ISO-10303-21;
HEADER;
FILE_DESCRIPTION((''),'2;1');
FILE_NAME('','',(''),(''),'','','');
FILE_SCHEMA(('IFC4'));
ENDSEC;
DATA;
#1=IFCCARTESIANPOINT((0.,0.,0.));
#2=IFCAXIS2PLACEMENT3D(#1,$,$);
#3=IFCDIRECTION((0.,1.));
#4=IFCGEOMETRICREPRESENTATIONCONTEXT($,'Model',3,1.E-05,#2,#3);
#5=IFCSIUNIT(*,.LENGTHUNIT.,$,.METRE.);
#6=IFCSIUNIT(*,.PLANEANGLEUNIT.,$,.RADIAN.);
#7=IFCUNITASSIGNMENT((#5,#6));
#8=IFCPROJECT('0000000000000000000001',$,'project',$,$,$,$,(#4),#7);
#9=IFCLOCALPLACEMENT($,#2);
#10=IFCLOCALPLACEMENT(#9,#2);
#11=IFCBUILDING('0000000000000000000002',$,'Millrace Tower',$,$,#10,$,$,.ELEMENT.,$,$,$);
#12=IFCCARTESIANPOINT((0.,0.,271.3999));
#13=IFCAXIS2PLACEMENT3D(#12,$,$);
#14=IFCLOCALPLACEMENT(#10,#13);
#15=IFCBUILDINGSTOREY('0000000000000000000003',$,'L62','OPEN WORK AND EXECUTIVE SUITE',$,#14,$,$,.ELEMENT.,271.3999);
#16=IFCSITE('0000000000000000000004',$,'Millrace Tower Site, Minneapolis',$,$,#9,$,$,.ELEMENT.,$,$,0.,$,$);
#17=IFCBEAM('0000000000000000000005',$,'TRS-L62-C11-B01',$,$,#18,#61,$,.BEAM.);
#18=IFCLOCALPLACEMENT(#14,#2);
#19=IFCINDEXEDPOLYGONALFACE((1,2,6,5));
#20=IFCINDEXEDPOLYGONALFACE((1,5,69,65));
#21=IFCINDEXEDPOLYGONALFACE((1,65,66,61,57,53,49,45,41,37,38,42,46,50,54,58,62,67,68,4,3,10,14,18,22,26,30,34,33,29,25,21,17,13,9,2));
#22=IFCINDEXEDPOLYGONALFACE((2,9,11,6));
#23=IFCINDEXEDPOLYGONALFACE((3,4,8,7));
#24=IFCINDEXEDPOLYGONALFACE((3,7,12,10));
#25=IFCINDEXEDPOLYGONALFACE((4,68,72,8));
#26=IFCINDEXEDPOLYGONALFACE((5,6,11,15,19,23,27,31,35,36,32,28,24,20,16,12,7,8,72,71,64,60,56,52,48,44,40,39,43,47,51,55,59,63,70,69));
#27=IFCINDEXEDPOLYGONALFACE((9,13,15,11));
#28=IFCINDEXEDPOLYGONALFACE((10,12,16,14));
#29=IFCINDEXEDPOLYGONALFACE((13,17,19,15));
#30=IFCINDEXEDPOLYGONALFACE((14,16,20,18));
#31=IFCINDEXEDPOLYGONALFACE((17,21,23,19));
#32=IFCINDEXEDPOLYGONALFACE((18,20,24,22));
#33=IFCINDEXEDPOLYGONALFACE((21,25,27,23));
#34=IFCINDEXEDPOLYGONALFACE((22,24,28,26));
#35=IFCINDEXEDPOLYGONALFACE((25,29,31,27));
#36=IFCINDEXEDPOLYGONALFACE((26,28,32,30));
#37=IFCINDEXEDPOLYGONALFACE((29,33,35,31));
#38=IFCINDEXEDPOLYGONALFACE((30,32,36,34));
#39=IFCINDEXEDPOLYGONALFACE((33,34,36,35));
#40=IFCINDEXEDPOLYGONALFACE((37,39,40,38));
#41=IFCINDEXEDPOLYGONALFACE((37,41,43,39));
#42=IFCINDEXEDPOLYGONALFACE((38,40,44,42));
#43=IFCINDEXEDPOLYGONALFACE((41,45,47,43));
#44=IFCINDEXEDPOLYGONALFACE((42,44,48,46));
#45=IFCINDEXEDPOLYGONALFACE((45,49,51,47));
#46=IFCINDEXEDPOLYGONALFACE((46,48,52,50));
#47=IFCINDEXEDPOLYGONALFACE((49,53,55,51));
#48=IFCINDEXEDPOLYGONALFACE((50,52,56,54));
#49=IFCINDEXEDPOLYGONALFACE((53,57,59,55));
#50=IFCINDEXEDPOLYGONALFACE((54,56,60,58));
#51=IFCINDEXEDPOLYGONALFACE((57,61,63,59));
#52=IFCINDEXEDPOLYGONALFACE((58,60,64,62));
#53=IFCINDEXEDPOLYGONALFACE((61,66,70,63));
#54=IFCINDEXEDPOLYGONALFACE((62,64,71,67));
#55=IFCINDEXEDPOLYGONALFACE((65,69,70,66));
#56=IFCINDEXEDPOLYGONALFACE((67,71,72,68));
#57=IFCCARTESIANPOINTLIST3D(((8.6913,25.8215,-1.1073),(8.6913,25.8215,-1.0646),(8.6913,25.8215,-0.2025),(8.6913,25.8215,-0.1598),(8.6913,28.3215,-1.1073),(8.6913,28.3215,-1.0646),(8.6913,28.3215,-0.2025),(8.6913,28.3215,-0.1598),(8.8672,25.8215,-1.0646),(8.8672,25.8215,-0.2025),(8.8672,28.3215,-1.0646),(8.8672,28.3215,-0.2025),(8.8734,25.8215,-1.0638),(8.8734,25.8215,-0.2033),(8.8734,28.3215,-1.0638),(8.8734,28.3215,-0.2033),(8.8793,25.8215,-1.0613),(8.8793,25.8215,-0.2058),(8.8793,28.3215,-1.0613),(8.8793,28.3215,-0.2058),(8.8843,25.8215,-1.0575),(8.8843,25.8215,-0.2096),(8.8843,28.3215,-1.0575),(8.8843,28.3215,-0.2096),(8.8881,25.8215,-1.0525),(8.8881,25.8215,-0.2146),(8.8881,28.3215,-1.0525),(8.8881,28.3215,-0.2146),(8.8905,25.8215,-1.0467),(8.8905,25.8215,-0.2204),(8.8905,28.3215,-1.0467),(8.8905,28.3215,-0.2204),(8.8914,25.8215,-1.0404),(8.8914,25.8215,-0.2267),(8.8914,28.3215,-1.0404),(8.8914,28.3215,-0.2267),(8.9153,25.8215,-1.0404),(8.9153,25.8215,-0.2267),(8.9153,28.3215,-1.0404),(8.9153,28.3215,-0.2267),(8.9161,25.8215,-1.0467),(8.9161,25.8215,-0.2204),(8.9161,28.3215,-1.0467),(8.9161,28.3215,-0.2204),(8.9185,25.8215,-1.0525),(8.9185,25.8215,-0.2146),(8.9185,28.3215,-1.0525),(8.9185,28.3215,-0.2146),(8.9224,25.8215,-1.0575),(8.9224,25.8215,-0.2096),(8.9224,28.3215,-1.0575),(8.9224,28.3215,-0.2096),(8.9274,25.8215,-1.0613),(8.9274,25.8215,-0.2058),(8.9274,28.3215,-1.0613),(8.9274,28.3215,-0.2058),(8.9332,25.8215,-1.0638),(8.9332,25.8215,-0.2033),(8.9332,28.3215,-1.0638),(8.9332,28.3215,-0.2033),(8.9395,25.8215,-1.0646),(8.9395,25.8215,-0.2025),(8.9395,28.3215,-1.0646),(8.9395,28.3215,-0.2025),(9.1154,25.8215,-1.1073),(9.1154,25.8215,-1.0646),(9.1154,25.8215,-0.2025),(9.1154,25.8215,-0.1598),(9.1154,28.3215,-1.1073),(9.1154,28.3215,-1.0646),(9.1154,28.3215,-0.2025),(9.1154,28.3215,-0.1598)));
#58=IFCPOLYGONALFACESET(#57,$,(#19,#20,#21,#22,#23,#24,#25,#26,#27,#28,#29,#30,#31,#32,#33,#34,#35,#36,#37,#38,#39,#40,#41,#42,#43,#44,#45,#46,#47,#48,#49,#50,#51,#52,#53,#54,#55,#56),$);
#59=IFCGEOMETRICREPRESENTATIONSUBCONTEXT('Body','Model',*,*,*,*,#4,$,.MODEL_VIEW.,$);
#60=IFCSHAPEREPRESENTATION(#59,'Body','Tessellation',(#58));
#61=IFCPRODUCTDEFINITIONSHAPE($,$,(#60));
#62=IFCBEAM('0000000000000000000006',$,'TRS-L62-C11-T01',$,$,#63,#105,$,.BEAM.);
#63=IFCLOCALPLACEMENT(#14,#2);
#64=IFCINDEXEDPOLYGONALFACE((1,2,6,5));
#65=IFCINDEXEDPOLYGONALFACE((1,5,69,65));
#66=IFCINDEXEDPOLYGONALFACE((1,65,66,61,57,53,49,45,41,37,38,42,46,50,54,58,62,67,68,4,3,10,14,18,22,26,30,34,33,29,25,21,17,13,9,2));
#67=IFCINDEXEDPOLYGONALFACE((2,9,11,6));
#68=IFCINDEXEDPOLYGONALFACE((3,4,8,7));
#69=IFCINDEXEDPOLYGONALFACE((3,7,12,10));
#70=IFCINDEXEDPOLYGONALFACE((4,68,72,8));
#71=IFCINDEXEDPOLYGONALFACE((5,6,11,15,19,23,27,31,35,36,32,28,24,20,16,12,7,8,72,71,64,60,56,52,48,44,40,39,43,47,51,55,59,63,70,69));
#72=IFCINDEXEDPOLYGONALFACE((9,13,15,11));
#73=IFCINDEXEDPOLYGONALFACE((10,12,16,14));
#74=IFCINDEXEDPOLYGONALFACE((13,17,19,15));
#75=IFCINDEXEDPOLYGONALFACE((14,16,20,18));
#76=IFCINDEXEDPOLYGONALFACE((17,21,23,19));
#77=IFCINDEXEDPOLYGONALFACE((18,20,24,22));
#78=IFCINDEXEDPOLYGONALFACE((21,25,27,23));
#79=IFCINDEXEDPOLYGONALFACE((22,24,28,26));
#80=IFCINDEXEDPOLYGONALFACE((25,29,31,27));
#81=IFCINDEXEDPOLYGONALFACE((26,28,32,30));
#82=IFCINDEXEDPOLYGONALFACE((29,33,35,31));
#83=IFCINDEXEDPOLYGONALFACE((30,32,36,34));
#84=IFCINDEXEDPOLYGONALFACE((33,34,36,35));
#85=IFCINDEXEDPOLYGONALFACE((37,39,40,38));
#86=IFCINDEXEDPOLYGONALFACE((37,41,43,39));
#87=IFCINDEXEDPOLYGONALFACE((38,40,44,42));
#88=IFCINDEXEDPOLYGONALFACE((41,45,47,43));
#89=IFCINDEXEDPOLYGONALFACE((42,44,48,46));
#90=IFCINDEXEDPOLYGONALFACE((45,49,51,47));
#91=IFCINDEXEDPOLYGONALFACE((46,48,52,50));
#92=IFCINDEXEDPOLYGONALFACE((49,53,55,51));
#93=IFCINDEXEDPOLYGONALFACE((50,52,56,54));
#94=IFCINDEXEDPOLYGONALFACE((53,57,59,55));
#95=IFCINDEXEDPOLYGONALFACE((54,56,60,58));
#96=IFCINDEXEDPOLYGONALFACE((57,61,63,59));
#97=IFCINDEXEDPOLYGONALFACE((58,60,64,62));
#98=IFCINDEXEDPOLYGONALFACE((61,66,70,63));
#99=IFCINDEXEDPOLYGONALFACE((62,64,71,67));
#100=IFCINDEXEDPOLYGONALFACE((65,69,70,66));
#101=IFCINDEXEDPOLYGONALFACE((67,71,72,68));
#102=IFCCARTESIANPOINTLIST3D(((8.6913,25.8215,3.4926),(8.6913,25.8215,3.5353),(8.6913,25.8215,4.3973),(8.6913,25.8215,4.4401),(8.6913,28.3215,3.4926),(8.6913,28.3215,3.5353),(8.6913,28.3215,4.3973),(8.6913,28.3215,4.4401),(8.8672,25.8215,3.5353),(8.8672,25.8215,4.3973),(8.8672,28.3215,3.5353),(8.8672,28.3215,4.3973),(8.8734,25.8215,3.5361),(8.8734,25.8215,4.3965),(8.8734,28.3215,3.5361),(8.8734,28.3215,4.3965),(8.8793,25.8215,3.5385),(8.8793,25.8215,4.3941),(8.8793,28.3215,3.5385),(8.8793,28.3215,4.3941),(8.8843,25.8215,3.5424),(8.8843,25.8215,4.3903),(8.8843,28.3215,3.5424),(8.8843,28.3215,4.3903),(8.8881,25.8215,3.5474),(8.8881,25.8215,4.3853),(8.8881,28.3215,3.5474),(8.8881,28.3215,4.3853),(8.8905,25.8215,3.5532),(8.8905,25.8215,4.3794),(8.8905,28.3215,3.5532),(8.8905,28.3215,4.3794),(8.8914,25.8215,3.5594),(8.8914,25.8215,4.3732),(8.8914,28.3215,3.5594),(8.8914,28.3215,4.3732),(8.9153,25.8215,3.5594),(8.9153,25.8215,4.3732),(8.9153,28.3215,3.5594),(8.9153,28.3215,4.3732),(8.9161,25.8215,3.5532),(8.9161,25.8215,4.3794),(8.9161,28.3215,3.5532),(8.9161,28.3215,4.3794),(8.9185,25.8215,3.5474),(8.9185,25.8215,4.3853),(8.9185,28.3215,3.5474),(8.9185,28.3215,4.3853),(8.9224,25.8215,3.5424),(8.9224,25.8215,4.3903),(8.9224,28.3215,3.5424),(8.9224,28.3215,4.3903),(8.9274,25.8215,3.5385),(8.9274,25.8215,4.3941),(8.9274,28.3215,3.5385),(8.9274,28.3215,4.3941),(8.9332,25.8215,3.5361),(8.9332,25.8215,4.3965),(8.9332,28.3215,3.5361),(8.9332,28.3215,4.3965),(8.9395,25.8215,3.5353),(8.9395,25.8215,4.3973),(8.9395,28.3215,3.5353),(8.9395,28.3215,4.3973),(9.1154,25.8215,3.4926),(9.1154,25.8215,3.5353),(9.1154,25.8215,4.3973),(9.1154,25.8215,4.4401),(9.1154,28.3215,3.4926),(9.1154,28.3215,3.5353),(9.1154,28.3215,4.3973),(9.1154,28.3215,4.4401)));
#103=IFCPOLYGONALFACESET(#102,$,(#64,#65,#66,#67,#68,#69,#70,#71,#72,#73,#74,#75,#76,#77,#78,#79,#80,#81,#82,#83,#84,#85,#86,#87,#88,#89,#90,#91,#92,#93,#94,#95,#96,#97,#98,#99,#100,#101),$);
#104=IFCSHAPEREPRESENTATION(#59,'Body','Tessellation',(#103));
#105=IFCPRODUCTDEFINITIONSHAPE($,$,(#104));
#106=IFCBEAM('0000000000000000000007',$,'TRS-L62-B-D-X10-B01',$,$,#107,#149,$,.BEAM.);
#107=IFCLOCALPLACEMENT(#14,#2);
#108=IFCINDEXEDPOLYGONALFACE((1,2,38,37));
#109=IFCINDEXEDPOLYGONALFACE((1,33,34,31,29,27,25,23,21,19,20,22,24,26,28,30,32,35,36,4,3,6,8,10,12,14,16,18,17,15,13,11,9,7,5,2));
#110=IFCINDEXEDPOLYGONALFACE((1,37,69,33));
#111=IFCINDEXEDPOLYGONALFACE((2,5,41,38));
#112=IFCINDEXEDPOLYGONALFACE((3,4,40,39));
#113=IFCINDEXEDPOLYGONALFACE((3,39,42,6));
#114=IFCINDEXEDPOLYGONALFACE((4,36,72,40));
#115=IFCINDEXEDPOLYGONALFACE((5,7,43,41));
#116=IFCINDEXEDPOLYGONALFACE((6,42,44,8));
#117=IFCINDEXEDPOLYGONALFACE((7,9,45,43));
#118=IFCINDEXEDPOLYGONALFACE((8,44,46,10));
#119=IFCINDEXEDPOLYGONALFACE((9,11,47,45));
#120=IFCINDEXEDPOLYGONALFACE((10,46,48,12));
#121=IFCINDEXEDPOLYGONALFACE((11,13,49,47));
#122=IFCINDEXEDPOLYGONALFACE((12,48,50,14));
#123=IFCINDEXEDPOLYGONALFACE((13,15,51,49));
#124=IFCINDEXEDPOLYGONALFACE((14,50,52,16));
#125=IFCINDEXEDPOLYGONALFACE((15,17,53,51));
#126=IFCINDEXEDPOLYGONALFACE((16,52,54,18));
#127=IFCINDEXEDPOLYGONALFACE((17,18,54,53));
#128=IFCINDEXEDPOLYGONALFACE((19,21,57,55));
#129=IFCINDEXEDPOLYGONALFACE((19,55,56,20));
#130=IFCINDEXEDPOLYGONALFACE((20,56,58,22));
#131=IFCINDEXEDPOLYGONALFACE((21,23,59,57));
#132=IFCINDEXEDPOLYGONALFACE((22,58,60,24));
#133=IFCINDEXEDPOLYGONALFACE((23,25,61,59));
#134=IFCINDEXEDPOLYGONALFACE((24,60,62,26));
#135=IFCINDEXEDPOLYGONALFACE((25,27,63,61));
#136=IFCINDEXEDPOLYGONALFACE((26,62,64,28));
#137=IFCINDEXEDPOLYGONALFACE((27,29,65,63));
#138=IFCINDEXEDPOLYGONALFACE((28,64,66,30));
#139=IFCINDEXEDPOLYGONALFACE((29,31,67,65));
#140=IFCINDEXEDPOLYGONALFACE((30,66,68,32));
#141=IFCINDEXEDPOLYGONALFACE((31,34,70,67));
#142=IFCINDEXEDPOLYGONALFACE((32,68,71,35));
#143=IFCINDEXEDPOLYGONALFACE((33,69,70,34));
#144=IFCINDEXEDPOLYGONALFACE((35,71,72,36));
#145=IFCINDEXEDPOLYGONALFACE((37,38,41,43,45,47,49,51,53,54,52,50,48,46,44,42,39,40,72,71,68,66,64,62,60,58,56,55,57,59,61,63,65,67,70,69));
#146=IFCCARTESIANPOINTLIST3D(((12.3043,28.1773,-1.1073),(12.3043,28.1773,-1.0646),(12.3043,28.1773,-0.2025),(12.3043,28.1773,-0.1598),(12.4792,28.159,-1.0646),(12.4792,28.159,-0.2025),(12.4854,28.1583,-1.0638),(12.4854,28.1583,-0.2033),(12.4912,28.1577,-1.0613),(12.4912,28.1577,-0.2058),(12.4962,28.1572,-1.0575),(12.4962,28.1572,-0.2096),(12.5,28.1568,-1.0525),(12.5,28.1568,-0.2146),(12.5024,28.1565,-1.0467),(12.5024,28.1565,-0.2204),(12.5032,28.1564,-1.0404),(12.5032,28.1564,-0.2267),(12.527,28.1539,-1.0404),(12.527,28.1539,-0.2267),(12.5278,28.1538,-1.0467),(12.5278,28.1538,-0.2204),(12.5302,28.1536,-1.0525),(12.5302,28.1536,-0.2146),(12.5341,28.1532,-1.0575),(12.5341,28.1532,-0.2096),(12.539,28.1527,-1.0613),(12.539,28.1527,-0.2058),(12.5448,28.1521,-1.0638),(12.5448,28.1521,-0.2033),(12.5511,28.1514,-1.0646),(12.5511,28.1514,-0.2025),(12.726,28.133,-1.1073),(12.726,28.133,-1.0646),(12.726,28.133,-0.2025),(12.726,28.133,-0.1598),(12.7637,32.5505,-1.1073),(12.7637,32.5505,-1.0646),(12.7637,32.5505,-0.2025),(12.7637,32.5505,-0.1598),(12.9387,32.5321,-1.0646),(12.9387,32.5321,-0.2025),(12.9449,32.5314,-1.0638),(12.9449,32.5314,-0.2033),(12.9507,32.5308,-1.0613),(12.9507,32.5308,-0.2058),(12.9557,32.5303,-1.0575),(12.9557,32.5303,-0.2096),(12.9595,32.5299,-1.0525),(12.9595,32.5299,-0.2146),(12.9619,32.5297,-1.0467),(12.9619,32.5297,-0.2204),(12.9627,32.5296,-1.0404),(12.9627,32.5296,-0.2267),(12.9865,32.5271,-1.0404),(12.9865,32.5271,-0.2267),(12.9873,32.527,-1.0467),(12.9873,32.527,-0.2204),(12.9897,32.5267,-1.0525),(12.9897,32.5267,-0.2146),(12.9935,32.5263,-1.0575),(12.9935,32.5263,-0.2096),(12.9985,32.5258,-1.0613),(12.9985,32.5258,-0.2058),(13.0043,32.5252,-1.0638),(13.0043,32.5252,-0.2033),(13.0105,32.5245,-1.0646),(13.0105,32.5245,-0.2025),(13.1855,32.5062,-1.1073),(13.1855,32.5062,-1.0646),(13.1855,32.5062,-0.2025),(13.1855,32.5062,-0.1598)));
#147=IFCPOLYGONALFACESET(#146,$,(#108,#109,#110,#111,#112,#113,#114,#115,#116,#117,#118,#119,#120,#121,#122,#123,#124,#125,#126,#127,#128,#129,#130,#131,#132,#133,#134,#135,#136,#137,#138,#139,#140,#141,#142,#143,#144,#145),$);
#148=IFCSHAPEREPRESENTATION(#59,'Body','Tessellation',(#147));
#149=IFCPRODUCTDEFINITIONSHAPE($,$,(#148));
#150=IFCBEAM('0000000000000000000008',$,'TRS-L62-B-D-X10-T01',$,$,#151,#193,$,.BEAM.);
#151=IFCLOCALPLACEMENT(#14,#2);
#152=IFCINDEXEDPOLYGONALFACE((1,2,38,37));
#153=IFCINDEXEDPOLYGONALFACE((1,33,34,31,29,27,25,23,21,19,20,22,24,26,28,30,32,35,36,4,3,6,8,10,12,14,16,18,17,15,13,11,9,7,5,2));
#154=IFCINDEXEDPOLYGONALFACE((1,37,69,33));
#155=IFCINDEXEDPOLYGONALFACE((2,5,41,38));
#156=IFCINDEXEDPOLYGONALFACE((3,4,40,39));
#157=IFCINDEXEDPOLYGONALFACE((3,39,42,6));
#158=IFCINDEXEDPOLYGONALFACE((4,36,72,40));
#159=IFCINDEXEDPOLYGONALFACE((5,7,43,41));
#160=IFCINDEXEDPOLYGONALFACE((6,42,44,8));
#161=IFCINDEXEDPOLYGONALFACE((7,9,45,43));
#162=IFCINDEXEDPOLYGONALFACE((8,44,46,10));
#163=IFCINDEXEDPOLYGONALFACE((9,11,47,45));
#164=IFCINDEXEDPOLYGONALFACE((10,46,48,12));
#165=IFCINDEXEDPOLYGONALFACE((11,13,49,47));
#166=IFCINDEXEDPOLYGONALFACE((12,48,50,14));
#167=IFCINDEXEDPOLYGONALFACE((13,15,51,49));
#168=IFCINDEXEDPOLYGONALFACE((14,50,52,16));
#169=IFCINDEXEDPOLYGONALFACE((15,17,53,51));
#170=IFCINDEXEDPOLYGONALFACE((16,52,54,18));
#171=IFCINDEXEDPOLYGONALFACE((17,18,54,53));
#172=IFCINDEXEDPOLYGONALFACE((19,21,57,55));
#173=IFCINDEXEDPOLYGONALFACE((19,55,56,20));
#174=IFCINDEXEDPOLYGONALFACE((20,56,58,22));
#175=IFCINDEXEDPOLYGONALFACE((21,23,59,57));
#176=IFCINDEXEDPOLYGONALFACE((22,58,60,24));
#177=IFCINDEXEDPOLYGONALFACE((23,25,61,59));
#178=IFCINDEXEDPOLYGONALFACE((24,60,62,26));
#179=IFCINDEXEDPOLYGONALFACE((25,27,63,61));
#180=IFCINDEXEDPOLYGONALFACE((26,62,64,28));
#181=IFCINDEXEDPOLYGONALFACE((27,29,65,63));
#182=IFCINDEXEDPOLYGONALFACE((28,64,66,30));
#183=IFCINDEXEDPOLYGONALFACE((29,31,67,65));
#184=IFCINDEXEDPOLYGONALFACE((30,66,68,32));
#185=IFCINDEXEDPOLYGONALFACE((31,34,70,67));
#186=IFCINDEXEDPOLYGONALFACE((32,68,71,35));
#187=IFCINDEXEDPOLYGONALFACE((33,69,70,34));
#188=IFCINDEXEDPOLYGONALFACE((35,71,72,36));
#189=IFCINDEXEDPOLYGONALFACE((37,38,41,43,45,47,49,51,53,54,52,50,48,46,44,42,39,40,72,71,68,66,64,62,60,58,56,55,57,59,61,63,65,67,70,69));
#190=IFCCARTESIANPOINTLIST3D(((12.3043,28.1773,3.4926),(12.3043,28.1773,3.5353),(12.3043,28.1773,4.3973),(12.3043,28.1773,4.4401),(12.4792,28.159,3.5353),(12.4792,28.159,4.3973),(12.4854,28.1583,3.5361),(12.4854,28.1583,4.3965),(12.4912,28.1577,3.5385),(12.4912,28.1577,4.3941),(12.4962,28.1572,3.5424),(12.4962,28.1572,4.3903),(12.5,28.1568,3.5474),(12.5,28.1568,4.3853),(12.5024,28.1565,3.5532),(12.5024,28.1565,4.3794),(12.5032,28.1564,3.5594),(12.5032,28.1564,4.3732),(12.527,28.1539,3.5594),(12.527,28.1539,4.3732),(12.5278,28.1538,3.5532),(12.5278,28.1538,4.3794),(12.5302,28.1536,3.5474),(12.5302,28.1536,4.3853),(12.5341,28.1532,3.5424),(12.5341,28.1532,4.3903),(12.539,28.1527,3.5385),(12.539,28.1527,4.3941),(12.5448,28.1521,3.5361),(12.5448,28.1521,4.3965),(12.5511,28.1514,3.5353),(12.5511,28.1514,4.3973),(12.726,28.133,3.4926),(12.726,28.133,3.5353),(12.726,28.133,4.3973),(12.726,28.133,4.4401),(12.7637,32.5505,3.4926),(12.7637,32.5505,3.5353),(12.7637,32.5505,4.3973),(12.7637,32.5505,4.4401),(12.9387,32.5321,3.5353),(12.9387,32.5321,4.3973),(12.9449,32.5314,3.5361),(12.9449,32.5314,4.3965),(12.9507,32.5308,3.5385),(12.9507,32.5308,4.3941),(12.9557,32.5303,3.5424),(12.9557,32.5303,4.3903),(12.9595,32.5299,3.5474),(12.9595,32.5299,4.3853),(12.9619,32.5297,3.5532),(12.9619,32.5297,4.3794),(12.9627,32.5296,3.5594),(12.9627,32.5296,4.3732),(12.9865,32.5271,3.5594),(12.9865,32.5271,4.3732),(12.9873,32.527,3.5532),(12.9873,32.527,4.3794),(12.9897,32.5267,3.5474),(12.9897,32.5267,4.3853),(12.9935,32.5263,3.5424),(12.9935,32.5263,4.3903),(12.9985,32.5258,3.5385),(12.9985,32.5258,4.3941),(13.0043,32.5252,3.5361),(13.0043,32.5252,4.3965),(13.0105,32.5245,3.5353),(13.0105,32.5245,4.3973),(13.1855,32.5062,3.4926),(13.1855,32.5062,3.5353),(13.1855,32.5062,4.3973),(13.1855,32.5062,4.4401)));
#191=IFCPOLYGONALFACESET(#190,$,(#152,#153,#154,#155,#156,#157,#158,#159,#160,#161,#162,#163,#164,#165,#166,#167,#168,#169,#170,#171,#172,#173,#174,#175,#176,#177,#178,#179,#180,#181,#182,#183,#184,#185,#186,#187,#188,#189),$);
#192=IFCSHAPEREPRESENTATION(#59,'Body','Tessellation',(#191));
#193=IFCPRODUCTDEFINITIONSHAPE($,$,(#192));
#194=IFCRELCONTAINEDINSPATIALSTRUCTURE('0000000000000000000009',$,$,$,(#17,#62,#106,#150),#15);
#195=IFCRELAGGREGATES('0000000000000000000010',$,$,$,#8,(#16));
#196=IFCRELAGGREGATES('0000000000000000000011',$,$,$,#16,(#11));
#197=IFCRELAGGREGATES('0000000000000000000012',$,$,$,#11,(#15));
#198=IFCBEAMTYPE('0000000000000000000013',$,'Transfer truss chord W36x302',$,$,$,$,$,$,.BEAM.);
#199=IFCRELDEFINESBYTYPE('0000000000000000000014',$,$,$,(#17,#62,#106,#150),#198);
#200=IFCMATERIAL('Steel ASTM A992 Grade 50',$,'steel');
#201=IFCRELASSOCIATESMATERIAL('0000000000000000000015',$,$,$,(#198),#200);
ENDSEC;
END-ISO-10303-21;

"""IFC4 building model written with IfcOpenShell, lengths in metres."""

from ifc_helpers import new_model, si_unit, direction, frame, origin, origin_2d, place, context, subcontext, project, spatial, i_section, extrude, material, material_profile, profile_set, type_object, element, save


model = new_model("IFC4")

# Units and contexts
model_context = context("Model", 3, precision=1e-05, world=origin(), true_north=direction((0.0, 1.0)))
body_context = subcontext(model_context, "Body", "Model", "MODEL_VIEW")
ifc_project = project(units=[si_unit("LENGTHUNIT", "METRE"), si_unit("PLANEANGLEUNIT", "RADIAN")], contexts=[model_context])

# Site, building, storey
site_placement = place(None, origin())
site = spatial("IfcSite", under=ifc_project, at=site_placement, Name="Millrace Tower Site, Minneapolis", CompositionType="ELEMENT", RefElevation=0.0)
building_placement = place(site_placement, origin())
building = spatial("IfcBuilding", under=site, at=building_placement, Name="Millrace Tower", CompositionType="ELEMENT")
storey_placement = place(building_placement, frame((0.0, 0.0, 271.3999)))
storey = spatial("IfcBuildingStorey", under=building, at=storey_placement, Name="L62", Description="OPEN WORK AND EXECUTIVE SUITE", CompositionType="ELEMENT", Elevation=271.3999)

# Beams
ifc_material_1 = material(Name="Steel ASTM A992 Grade 50", Category="steel")
ifc_material_profile_1 = material_profile(ifc_material_1, i_section(OverallWidth=0.4241, OverallDepth=0.9475, WebThickness=0.0239, FlangeThickness=0.0427, FilletRadius=0.0242, at=origin_2d()))
ifc_profile_set_1 = profile_set([ifc_material_profile_1], Name="Steel ASTM A992 Grade 50")
beam_type_1 = type_object("IfcBeamType", Name="Transfer truss chord W36x302", PredefinedType="BEAM", material=ifc_profile_set_1)
for number, where, z_axis, x_axis, name in (
    (1, (8.9033, 28.3215, -0.6335), (0.0, -1.0, 0.0), (1.0, 0.0, 0.0), "TRS-L62-C11-B01"),
    (2, (8.9033, 28.3215, 3.9663), (0.0, -1.0, 0.0), (1.0, 0.0, 0.0), "TRS-L62-C11-T01"),
):
    element("IfcBeam", number, at=place(storey_placement, frame(where, z_axis=z_axis, x_axis=x_axis)), inside=storey, type_object=beam_type_1, Name=name, PredefinedType="BEAM", context=body_context, shape_type="SweptSolid", body=[
        extrude(i_section(OverallWidth=0.4241, OverallDepth=0.9475, WebThickness=0.0239, FlangeThickness=0.0427, FilletRadius=0.0242, at=origin_2d()), origin(), (0.0, 0.0, 1.0), 2.5),
    ])
for number, where, z_axis, x_axis, name in (
    (3, (12.9746, 32.5283, -0.6335), (-0.104494, -0.994526, 0.0), (0.994526, -0.104494, 0.0), "TRS-L62-B-D-X10-B01"),
    (4, (12.9746, 32.5283, 3.9663), (-0.104494, -0.994526, 0.0), (0.994526, -0.104494, 0.0), "TRS-L62-B-D-X10-T01"),
):
    element("IfcBeam", number, at=place(storey_placement, frame(where, z_axis=z_axis, x_axis=x_axis)), inside=storey, type_object=beam_type_1, Name=name, PredefinedType="BEAM", context=body_context, shape_type="SweptSolid", body=[
        extrude(i_section(OverallWidth=0.4241, OverallDepth=0.9475, WebThickness=0.0239, FlangeThickness=0.0427, FilletRadius=0.0242, at=origin_2d()), origin(), (0.0, 0.0, 1.0), 4.3972),
    ])

save(model, "model.ifc")
